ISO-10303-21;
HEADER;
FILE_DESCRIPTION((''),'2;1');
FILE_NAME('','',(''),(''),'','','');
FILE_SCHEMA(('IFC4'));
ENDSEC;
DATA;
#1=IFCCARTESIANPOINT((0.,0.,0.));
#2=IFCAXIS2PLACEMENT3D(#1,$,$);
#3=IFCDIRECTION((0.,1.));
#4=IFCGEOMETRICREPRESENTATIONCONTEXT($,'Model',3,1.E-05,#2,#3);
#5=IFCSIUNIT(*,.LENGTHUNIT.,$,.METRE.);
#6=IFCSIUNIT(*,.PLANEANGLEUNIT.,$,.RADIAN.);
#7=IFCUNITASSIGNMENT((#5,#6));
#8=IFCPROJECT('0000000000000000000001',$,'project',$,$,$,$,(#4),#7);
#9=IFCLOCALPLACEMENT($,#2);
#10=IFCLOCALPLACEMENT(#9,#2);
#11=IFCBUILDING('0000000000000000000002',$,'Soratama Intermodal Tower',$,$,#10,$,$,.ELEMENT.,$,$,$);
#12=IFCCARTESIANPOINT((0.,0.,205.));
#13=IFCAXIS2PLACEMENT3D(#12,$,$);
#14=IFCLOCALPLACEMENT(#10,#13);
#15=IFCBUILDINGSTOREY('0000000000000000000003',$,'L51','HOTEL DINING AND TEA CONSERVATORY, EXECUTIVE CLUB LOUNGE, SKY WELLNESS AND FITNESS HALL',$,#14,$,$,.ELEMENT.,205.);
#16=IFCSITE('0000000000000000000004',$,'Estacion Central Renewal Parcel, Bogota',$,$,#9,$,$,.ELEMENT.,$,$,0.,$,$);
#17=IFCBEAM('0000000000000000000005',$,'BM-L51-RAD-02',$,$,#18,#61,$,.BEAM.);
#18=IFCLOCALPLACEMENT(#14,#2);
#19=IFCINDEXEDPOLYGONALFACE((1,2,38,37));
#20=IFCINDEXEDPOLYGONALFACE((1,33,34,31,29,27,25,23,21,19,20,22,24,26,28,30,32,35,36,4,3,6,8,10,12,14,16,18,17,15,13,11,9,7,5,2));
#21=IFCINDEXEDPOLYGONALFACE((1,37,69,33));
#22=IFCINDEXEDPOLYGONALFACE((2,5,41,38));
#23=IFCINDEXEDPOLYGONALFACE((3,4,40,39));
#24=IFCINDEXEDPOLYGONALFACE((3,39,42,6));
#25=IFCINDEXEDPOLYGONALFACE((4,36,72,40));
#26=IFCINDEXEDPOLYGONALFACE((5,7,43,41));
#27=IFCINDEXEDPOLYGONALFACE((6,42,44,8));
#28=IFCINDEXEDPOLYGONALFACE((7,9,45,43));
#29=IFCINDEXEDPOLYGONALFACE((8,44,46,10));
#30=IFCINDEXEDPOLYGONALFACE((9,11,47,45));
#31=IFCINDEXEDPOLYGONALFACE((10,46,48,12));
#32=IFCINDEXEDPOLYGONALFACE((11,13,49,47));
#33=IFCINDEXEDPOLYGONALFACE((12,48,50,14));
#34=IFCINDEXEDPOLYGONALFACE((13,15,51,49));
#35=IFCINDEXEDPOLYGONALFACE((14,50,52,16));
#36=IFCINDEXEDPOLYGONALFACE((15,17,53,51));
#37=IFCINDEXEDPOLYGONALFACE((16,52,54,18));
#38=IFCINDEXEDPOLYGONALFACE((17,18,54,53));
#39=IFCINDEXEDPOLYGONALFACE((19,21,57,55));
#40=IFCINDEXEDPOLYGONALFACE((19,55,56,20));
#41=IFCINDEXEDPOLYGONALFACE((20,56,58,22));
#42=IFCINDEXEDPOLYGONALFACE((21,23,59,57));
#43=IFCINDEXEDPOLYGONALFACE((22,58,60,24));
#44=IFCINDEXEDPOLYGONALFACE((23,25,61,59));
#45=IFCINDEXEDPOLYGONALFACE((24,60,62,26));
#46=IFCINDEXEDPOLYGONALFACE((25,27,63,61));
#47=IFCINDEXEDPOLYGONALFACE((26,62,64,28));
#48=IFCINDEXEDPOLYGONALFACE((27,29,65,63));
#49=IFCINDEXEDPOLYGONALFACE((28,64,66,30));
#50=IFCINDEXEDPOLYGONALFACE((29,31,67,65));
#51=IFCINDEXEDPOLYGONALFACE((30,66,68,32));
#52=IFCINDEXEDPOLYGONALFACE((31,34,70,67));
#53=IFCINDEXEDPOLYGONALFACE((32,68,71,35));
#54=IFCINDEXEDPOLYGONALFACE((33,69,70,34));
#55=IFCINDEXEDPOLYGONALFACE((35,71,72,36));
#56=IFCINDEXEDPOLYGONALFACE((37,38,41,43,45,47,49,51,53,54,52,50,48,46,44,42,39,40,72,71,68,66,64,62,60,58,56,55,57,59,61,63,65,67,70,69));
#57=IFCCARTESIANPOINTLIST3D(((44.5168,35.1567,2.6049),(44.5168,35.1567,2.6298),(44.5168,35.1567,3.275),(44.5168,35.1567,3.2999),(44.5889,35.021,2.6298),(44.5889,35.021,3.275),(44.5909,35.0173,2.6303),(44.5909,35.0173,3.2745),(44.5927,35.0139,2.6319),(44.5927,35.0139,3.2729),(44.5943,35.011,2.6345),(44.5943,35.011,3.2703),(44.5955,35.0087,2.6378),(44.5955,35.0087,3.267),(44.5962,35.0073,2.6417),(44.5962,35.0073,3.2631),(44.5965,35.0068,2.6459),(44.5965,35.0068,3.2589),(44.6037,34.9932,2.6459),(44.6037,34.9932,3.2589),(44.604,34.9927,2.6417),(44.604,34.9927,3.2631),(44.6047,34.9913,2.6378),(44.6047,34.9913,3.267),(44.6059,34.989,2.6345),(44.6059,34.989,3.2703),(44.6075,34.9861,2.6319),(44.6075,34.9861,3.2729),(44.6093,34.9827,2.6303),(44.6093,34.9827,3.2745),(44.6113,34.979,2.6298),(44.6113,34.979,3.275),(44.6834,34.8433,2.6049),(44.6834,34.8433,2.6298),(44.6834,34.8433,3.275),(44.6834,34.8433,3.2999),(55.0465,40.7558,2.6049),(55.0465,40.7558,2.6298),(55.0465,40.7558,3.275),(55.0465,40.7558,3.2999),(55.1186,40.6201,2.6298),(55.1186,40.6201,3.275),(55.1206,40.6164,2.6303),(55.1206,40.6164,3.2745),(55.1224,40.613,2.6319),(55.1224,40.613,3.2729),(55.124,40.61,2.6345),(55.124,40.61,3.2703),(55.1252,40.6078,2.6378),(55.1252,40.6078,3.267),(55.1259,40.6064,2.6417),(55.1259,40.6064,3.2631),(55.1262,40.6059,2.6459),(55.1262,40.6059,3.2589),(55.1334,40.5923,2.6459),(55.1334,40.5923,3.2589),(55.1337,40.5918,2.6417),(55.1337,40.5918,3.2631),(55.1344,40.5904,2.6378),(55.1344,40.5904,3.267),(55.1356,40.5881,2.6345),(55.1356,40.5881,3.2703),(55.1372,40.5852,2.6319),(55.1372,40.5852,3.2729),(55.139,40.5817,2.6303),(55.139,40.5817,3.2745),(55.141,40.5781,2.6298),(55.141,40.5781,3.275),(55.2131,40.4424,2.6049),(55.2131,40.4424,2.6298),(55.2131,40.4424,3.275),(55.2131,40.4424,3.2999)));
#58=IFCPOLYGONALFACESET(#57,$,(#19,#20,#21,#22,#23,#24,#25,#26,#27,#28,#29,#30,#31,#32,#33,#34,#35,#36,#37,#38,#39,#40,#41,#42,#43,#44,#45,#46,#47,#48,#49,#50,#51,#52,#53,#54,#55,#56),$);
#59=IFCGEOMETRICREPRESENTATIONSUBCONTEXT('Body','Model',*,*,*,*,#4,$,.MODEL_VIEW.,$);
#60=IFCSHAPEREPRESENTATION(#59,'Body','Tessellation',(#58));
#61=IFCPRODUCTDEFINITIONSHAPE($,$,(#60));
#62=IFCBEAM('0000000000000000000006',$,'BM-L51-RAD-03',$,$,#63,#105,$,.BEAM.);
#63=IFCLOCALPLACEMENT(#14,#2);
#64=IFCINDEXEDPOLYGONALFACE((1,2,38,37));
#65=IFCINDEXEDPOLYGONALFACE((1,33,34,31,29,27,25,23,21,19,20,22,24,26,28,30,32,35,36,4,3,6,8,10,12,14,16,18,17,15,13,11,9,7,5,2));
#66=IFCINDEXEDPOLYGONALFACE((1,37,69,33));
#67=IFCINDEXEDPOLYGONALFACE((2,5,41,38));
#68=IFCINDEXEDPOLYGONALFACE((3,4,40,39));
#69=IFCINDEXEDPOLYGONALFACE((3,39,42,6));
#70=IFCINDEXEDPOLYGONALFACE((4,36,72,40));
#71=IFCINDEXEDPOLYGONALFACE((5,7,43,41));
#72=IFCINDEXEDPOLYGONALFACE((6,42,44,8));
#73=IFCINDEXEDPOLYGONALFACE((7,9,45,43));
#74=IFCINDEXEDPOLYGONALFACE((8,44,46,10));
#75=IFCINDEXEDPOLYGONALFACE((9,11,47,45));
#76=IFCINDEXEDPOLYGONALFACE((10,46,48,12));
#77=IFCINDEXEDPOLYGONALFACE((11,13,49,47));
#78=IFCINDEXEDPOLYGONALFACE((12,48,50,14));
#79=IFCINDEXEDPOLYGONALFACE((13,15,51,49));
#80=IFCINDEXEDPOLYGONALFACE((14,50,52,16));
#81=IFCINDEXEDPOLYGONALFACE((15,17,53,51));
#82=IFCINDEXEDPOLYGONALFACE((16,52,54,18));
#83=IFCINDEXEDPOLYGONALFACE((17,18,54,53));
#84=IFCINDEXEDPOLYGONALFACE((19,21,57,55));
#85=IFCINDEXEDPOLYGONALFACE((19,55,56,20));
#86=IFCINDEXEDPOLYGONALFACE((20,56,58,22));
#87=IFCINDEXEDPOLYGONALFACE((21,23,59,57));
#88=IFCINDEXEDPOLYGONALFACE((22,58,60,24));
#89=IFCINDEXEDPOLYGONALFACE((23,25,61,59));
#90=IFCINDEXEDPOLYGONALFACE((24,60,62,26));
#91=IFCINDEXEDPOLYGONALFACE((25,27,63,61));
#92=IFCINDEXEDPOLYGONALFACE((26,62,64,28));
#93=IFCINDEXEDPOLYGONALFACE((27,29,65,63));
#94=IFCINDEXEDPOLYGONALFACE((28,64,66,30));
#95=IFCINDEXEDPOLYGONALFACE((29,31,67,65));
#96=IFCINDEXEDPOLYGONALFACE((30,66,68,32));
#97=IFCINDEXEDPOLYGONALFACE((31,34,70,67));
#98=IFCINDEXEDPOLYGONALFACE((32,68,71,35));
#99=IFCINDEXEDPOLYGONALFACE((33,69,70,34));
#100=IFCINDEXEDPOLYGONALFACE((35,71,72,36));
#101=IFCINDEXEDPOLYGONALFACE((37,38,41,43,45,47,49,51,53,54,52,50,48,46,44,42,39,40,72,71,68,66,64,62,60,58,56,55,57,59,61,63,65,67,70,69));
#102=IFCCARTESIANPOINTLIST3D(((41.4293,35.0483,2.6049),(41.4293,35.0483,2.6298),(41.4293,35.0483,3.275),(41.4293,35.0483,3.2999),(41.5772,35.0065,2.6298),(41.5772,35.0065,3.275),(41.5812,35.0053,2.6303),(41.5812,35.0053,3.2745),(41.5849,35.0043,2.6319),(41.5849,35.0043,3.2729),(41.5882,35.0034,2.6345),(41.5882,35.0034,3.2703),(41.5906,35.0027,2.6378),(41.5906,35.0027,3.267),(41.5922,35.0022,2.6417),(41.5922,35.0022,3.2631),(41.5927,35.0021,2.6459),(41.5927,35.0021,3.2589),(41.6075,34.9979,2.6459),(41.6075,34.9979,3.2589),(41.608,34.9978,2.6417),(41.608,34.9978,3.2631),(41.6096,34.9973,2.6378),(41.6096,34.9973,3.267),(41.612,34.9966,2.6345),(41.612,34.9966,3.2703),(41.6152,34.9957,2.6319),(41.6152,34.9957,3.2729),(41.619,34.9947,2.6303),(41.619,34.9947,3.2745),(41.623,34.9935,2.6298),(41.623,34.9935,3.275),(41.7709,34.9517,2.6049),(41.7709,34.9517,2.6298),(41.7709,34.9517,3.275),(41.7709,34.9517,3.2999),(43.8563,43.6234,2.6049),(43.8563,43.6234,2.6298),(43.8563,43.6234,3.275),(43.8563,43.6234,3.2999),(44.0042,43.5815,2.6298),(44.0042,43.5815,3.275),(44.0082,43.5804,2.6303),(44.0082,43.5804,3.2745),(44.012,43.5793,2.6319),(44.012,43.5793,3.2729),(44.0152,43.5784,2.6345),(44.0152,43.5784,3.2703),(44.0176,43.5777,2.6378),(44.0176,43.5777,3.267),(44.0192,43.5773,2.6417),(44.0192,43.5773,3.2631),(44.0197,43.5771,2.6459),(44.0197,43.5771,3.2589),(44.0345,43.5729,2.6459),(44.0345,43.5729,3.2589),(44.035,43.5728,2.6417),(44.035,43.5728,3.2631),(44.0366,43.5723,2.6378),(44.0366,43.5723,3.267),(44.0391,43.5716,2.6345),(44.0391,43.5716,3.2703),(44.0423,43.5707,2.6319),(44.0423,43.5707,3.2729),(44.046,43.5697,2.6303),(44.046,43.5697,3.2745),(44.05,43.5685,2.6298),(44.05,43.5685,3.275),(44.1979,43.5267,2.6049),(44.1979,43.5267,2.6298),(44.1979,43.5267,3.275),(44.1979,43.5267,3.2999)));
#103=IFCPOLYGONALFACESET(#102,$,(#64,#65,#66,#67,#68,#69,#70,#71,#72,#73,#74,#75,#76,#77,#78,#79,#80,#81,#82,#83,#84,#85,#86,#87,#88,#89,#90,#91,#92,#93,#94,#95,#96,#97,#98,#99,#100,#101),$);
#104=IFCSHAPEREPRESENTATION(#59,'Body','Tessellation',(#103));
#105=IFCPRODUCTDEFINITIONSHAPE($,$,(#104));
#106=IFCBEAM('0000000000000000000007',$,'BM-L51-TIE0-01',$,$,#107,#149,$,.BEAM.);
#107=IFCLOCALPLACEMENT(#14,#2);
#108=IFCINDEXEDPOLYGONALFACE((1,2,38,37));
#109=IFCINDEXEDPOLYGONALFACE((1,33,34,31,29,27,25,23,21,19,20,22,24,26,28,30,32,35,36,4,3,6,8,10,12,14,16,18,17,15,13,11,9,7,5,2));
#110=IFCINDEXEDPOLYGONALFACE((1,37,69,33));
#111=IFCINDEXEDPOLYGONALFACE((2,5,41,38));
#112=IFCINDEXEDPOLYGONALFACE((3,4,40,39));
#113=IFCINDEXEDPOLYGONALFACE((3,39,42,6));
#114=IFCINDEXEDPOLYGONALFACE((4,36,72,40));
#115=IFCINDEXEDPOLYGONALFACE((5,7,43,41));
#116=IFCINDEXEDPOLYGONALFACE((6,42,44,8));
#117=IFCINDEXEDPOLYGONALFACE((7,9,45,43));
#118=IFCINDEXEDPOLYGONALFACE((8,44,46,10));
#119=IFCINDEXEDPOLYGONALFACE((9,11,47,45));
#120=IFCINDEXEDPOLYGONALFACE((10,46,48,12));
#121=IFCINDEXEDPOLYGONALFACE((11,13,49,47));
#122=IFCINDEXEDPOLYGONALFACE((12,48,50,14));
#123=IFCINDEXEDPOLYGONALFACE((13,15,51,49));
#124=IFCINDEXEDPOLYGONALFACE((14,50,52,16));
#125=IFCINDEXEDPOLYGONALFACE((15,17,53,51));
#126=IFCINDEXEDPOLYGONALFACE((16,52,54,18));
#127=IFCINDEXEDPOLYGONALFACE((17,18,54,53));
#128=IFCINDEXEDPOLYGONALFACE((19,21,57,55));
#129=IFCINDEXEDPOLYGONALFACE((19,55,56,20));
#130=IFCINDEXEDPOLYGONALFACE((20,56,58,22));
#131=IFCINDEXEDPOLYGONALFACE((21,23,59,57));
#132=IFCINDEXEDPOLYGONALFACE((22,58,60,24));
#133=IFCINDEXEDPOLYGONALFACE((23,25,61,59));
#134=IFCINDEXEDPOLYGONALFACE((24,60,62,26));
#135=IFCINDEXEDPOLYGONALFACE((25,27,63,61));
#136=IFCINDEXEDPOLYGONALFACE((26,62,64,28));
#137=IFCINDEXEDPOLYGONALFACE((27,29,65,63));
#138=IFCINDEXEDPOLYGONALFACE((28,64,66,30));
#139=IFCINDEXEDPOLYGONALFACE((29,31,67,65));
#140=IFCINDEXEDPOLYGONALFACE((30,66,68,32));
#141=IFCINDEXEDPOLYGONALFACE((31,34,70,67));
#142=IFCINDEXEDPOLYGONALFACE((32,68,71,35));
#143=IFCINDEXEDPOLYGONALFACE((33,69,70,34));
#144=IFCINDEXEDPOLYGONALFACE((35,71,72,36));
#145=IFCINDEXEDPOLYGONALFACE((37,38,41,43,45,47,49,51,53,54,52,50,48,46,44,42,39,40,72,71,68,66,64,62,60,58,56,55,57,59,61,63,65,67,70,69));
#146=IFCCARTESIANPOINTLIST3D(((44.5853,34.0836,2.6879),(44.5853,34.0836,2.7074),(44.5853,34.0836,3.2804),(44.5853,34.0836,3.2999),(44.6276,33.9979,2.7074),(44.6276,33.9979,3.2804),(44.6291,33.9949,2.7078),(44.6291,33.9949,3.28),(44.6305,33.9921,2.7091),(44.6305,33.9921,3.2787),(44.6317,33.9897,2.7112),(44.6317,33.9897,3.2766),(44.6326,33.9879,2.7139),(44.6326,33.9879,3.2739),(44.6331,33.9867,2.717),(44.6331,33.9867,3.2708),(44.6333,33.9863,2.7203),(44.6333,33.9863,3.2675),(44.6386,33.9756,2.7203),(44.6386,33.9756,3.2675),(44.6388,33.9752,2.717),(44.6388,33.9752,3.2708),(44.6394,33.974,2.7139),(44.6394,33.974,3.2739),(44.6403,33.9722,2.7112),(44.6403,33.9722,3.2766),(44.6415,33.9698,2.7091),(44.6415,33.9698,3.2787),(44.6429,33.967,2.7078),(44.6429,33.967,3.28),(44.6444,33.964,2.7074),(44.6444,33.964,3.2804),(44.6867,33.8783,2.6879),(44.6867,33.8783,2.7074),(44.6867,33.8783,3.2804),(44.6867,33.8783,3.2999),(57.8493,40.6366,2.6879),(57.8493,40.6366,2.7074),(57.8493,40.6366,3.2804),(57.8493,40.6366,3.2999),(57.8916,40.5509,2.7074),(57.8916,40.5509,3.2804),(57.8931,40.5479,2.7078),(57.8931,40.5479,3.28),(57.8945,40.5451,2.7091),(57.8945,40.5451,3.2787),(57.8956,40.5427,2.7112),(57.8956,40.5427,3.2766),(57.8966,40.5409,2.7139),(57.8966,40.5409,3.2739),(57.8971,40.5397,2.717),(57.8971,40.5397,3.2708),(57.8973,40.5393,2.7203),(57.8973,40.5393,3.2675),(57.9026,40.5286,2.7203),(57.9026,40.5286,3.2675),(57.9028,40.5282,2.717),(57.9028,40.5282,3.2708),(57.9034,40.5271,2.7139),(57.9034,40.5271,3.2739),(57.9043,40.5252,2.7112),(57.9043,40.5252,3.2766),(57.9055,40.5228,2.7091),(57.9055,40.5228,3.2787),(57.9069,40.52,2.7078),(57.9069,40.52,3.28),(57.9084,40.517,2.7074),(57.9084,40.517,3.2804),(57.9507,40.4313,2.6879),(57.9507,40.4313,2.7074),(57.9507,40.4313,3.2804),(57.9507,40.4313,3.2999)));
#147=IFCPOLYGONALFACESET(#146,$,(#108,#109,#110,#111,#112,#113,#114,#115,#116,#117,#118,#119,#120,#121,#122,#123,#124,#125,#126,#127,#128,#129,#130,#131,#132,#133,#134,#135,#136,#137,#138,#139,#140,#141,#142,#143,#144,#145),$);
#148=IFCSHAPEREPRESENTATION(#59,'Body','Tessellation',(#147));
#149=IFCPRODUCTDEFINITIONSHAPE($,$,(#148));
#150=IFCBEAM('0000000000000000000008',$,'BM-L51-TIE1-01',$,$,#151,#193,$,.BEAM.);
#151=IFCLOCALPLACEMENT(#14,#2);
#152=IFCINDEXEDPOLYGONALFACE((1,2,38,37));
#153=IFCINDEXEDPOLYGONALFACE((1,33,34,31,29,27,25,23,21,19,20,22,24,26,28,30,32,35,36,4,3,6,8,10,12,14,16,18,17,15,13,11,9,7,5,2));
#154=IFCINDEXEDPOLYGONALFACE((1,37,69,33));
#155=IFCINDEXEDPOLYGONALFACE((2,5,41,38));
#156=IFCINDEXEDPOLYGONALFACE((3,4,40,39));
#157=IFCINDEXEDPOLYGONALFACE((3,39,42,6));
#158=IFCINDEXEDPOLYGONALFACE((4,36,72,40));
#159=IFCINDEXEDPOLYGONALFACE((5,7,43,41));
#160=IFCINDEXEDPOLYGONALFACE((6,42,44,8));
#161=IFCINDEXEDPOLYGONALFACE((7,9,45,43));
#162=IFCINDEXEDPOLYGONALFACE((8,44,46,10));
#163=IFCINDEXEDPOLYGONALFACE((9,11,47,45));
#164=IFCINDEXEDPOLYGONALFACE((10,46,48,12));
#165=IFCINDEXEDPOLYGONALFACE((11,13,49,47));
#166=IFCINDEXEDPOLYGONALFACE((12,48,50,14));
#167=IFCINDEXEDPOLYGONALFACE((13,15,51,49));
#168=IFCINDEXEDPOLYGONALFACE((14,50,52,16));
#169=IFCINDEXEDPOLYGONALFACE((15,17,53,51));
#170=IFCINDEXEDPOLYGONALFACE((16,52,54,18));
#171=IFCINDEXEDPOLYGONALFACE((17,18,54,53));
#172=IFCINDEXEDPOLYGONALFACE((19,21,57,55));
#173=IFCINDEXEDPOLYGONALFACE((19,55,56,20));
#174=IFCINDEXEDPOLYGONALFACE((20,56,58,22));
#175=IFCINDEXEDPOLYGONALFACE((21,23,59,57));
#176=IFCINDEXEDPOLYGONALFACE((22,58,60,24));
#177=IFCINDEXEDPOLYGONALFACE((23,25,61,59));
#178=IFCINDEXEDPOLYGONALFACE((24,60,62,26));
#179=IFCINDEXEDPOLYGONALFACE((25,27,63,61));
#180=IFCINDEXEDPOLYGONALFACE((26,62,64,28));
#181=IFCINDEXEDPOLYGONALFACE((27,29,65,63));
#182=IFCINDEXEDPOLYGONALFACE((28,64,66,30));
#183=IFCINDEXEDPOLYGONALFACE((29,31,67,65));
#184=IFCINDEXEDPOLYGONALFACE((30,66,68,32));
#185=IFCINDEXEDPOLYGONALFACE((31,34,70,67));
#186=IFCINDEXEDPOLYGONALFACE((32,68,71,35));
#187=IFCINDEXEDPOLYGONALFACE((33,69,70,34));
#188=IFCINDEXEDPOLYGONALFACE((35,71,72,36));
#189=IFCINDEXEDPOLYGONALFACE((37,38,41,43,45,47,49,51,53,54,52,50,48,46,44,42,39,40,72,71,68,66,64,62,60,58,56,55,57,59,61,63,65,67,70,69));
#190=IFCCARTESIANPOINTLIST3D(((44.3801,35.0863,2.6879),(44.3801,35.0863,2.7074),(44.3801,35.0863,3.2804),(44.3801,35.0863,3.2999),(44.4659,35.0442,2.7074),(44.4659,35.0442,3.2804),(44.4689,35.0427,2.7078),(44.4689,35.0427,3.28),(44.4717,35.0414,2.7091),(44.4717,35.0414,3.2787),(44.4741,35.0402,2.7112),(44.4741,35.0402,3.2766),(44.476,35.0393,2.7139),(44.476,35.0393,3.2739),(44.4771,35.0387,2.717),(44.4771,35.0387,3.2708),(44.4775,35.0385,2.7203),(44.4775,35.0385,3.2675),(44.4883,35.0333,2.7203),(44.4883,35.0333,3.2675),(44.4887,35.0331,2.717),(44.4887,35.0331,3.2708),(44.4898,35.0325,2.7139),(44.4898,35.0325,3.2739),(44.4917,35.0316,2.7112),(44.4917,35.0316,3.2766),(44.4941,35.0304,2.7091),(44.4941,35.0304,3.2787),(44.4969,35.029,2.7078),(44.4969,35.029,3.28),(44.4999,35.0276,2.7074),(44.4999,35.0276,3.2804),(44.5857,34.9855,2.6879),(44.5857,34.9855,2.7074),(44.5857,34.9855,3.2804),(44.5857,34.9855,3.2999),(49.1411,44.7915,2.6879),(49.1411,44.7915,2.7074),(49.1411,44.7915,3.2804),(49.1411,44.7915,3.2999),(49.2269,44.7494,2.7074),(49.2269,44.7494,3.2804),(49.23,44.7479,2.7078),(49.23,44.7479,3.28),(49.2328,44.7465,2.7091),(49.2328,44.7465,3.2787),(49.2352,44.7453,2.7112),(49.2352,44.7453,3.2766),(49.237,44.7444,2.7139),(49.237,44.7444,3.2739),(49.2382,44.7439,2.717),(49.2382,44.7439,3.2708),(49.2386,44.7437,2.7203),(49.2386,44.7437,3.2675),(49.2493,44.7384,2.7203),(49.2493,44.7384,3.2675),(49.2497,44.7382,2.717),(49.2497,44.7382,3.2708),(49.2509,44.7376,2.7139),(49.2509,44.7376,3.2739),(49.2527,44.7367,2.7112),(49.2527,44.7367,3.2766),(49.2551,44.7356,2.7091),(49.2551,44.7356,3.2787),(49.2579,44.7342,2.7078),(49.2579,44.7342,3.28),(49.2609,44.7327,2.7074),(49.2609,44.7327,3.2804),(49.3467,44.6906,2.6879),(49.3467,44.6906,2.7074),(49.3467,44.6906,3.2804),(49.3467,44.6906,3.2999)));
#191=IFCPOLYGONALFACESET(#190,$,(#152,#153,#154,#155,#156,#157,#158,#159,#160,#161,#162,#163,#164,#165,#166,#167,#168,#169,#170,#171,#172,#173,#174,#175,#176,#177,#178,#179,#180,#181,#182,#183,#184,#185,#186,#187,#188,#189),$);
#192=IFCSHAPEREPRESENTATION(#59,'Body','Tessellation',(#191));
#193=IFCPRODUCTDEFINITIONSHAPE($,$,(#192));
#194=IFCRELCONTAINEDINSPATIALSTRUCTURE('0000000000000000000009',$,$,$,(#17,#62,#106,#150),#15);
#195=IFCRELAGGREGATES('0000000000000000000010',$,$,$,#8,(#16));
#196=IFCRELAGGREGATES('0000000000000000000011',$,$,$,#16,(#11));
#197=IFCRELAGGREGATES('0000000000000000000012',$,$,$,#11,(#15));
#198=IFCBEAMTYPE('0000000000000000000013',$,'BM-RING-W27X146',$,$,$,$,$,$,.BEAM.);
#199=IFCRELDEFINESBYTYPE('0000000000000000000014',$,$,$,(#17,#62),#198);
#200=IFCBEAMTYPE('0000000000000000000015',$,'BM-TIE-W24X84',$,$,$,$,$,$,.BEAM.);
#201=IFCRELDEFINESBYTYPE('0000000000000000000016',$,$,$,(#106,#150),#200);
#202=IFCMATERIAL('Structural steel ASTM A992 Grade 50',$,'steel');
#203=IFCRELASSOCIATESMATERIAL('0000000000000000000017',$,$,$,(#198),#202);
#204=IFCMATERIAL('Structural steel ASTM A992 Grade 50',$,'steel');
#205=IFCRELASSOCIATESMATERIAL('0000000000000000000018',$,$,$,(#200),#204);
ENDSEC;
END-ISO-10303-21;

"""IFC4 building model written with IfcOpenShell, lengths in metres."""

from ifc_helpers import new_model, si_unit, direction, frame, origin, origin_2d, place, context, subcontext, project, spatial, i_section, extrude, material, material_profile, profile_set, type_object, element, save


model = new_model("IFC4")

# Units and contexts
model_context = context("Model", 3, precision=1e-05, world=origin(), true_north=direction((0.0, 1.0)))
body_context = subcontext(model_context, "Body", "Model", "MODEL_VIEW")
ifc_project = project(units=[si_unit("LENGTHUNIT", "METRE"), si_unit("PLANEANGLEUNIT", "RADIAN")], contexts=[model_context])

# Site, building, storey
site_placement = place(None, origin())
site = spatial("IfcSite", under=ifc_project, at=site_placement, Name="Estacion Central Renewal Parcel, Bogota", CompositionType="ELEMENT", RefElevation=0.0)
building_placement = place(site_placement, origin())
building = spatial("IfcBuilding", under=site, at=building_placement, Name="Soratama Intermodal Tower", CompositionType="ELEMENT")
storey_placement = place(building_placement, frame((0.0, 0.0, 205.0)))
storey = spatial("IfcBuildingStorey", under=building, at=storey_placement, Name="L51", Description="HOTEL DINING AND TEA CONSERVATORY, EXECUTIVE CLUB LOUNGE, SKY WELLNESS AND FITNESS HALL", CompositionType="ELEMENT", Elevation=205.0)

# Beams
ifc_material_1 = material(Name="Structural steel ASTM A992 Grade 50", Category="steel")
ifc_material_profile_1 = material_profile(ifc_material_1, i_section(OverallWidth=0.355, OverallDepth=0.6951, WebThickness=0.0154, FlangeThickness=0.0249, FilletRadius=0.0161, at=origin_2d()), Name="W27X146")
ifc_profile_set_1 = profile_set([ifc_material_profile_1], Name="Structural steel ASTM A992 Grade 50")
beam_type_1 = type_object("IfcBeamType", Name="BM-RING-W27X146", PredefinedType="BEAM", material=ifc_profile_set_1)
beam_1_placement = place(storey_placement, frame((44.6001, 35.0, 2.9524), z_axis=(0.882936, 0.469493, 0.0), x_axis=(-0.469493, 0.882936, 0.0)))
element("IfcBeam", 1, at=beam_1_placement, inside=storey, type_object=beam_type_1, Name="BM-L51-RAD-02", PredefinedType="BEAM", context=body_context, shape_type="SweptSolid", body=[
    extrude(i_section(OverallWidth=0.355, OverallDepth=0.6951, WebThickness=0.0154, FlangeThickness=0.0249, FilletRadius=0.0161, at=origin_2d()), origin(), (0.0, 0.0, 1.0), 11.9258),
])
beam_2_placement = place(storey_placement, frame((41.6001, 35.0, 2.9524), z_axis=(0.272336, 0.962202, 0.0), x_axis=(-0.962202, 0.272336, 0.0)))
element("IfcBeam", 2, at=beam_2_placement, inside=storey, type_object=beam_type_1, Name="BM-L51-RAD-03", PredefinedType="BEAM", context=body_context, shape_type="SweptSolid", body=[
    extrude(i_section(OverallWidth=0.355, OverallDepth=0.6951, WebThickness=0.0154, FlangeThickness=0.0249, FilletRadius=0.0161, at=origin_2d()), origin(), (0.0, 0.0, 1.0), 8.9119),
])
ifc_material_2 = material(Name="Structural steel ASTM A992 Grade 50", Category="steel")
ifc_material_profile_2 = material_profile(ifc_material_2, i_section(OverallWidth=0.229, OverallDepth=0.6121, WebThickness=0.012, FlangeThickness=0.0195, FilletRadius=0.0129, at=origin_2d()), Name="W24X84")
ifc_profile_set_2 = profile_set([ifc_material_profile_2], Name="Structural steel ASTM A992 Grade 50")
beam_type_2 = type_object("IfcBeamType", Name="BM-TIE-W24X84", PredefinedType="BEAM", material=ifc_profile_set_2)
beam_3_placement = place(storey_placement, frame((44.636, 33.981, 2.9939), z_axis=(0.896552, 0.442938, 0.0), x_axis=(-0.442938, 0.896552, 0.0)))
element("IfcBeam", 3, at=beam_3_placement, inside=storey, type_object=beam_type_2, Name="BM-L51-TIE0-01", PredefinedType="BEAM", context=body_context, shape_type="SweptSolid", body=[
    extrude(i_section(OverallWidth=0.229, OverallDepth=0.6121, WebThickness=0.012, FlangeThickness=0.0195, FilletRadius=0.0129, at=origin_2d()), origin(), (0.0, 0.0, 1.0), 14.7944),
])
beam_4_placement = place(storey_placement, frame((44.4829, 35.0359, 2.9939), z_axis=(0.440425, 0.897789, 0.0), x_axis=(-0.897789, 0.440425, 0.0)))
element("IfcBeam", 4, at=beam_4_placement, inside=storey, type_object=beam_type_2, Name="BM-L51-TIE1-01", PredefinedType="BEAM", context=body_context, shape_type="SweptSolid", body=[
    extrude(i_section(OverallWidth=0.229, OverallDepth=0.6121, WebThickness=0.012, FlangeThickness=0.0195, FilletRadius=0.0129, at=origin_2d()), origin(), (0.0, 0.0, 1.0), 10.8101),
])

save(model, "model.ifc")
